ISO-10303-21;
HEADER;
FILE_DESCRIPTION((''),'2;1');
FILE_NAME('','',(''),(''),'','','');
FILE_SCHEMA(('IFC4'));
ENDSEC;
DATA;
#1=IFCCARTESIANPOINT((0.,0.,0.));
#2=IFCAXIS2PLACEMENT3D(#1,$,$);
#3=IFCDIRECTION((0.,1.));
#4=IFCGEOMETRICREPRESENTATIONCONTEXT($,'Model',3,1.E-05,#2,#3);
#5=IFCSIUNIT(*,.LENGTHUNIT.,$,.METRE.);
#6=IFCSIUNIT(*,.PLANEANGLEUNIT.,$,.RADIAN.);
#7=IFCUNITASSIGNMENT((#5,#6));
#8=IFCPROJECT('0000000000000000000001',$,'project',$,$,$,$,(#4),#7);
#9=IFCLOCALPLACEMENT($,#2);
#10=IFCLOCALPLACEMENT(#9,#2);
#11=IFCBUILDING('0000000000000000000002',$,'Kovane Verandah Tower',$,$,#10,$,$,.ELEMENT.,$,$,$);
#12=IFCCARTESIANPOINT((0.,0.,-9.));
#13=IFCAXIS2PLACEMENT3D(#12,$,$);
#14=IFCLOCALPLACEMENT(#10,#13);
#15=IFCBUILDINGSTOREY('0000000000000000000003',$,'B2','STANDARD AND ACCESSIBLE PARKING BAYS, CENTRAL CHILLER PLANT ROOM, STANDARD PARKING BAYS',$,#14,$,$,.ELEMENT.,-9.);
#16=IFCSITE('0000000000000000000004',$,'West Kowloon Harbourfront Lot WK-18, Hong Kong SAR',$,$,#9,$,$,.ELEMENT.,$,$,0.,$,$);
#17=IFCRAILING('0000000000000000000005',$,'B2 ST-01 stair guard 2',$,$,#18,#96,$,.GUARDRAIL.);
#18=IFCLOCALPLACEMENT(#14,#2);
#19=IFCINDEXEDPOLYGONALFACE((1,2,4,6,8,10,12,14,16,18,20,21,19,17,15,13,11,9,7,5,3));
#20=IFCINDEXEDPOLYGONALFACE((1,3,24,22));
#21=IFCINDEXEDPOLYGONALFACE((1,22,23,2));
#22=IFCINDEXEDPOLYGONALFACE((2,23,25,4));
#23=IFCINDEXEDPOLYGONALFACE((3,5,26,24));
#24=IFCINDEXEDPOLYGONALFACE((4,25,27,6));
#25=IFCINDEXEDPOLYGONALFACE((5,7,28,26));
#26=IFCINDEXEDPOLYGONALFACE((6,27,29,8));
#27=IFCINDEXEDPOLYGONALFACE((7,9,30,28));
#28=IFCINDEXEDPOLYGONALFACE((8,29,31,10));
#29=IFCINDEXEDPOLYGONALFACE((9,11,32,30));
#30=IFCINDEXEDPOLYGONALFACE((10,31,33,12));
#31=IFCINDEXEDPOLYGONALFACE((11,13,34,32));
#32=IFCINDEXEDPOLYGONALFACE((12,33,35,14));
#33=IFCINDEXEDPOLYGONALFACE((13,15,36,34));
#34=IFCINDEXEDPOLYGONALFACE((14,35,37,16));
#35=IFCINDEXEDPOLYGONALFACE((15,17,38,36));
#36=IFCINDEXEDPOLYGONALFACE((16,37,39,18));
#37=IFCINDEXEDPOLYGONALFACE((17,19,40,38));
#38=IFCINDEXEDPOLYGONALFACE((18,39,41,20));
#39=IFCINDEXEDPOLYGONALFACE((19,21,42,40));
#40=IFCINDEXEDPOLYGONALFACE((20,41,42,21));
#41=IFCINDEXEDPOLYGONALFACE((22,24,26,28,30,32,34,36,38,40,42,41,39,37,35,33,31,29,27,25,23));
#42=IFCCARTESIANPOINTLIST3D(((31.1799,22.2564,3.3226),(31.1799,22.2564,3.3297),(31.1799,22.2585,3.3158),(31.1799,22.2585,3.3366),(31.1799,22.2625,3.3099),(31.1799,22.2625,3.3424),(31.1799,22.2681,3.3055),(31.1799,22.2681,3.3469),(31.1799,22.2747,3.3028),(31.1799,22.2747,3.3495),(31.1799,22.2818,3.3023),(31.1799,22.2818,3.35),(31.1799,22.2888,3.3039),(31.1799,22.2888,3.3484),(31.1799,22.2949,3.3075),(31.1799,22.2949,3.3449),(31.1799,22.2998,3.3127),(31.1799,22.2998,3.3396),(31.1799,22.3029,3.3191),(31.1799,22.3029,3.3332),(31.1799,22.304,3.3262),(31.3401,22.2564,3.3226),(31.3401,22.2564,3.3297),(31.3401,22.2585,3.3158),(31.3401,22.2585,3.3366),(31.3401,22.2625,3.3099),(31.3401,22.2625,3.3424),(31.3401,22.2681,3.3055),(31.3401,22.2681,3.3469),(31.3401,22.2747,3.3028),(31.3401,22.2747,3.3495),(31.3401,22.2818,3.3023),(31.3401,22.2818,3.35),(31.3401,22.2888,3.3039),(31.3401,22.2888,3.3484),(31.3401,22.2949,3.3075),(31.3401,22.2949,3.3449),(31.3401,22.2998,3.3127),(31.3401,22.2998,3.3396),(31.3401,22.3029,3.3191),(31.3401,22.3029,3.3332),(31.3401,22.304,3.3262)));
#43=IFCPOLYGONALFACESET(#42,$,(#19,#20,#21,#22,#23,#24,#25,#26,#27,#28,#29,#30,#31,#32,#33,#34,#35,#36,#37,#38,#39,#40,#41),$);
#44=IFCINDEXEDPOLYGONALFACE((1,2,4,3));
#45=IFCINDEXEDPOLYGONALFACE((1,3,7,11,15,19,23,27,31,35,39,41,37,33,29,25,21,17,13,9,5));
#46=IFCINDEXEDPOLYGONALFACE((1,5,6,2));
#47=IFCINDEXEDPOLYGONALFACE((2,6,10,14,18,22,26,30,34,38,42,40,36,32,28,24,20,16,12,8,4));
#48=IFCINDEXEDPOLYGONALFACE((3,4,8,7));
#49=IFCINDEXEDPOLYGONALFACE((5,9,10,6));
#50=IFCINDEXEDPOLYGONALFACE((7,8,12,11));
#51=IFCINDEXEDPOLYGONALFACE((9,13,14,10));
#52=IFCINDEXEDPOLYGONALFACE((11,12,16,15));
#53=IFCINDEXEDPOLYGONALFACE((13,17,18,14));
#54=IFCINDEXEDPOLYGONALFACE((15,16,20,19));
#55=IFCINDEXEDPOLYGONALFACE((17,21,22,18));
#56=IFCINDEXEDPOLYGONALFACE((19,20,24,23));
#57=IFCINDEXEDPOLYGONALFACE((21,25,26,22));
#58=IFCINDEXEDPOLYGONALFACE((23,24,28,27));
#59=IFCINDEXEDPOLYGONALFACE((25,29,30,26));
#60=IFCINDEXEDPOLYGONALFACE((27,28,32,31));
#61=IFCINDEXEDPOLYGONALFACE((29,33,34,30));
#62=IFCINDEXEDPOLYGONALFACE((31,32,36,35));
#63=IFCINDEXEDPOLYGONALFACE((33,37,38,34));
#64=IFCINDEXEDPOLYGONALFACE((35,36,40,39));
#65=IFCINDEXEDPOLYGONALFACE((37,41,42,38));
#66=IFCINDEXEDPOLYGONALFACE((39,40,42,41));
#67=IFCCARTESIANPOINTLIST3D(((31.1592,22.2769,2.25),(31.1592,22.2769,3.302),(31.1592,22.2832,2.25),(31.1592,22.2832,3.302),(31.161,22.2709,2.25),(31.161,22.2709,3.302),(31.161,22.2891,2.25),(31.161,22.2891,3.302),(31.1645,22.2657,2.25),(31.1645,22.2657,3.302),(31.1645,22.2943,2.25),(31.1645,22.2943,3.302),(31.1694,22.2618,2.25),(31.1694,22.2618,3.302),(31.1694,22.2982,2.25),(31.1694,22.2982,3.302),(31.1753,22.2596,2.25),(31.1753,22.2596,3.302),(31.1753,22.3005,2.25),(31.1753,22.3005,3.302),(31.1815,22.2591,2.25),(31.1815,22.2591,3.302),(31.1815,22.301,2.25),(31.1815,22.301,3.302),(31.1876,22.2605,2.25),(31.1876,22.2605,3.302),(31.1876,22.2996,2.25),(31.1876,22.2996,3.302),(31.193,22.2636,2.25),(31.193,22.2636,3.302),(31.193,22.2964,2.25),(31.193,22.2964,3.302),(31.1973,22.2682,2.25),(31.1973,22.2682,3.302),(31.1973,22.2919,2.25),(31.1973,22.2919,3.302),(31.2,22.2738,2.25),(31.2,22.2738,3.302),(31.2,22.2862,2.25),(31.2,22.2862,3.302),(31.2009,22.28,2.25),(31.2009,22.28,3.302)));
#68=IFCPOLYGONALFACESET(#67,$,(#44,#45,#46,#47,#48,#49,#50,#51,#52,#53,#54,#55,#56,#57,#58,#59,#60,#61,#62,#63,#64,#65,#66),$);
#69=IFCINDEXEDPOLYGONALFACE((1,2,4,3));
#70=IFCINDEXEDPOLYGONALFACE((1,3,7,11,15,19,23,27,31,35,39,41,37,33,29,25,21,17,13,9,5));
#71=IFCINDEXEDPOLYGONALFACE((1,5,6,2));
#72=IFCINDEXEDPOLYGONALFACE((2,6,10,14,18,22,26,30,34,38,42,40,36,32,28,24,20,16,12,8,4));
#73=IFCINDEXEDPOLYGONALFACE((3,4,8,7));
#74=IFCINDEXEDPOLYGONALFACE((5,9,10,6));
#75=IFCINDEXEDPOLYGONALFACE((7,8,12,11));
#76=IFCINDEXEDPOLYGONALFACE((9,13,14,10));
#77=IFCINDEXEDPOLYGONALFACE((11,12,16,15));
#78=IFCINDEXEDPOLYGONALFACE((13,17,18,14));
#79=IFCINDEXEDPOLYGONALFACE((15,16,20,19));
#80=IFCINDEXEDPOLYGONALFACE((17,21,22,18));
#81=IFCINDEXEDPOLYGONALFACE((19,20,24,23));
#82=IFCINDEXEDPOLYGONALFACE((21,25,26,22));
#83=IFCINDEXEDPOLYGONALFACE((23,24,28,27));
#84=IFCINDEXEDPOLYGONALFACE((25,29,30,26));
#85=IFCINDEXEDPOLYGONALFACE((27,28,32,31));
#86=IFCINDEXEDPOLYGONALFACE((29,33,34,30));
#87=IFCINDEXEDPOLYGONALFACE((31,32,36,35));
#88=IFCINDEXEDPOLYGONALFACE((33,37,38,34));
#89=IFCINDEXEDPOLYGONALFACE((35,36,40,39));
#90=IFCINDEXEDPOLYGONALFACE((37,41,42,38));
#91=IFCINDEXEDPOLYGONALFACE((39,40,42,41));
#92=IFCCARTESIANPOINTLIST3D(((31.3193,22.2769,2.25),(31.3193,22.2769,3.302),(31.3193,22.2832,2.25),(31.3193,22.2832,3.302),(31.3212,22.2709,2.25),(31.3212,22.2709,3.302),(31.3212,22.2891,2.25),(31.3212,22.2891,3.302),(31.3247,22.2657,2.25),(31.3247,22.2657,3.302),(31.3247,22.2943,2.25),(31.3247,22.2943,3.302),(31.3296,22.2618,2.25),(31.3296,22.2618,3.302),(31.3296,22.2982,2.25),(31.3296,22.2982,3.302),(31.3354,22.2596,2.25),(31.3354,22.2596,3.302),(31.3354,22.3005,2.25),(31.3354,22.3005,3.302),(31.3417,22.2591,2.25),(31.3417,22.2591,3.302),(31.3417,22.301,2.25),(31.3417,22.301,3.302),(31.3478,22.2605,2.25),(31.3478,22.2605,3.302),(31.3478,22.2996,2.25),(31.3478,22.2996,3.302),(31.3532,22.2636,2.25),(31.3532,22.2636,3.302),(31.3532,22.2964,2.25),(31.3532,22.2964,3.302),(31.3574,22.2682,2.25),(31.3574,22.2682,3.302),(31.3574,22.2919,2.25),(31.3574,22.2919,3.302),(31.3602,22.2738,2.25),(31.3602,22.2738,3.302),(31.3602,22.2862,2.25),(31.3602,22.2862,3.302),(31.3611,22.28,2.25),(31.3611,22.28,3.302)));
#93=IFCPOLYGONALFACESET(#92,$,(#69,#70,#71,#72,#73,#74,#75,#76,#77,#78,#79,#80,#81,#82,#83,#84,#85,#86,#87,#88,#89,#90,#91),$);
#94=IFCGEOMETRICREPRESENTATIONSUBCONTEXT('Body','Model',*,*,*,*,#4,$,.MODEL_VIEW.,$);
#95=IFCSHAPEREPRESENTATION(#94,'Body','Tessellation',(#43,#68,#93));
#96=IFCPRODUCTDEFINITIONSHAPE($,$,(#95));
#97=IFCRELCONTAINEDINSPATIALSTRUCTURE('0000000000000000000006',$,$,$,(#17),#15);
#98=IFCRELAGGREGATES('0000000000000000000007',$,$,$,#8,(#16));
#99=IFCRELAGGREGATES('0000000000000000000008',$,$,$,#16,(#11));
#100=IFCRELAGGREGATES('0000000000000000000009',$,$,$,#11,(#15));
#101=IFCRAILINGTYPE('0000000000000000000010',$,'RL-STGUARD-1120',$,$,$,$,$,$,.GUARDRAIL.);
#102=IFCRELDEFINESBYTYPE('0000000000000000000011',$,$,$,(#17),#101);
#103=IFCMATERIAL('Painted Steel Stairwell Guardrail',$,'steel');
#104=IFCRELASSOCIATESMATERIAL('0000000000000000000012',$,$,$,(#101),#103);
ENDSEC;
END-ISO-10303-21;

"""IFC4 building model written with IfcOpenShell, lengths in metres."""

from ifc_helpers import new_model, si_unit, direction, frame, origin, origin_2d, place, context, subcontext, project, spatial, circle, extrude, material, type_object, element, save


model = new_model("IFC4")

# Units and contexts
model_context = context("Model", 3, precision=1e-05, world=origin(), true_north=direction((0.0, 1.0)))
body_context = subcontext(model_context, "Body", "Model", "MODEL_VIEW")
ifc_project = project(units=[si_unit("LENGTHUNIT", "METRE"), si_unit("PLANEANGLEUNIT", "RADIAN")], contexts=[model_context])

# Site, building, storey
site_placement = place(None, origin())
site = spatial("IfcSite", under=ifc_project, at=site_placement, Name="West Kowloon Harbourfront Lot WK-18, Hong Kong SAR", CompositionType="ELEMENT", RefElevation=0.0)
building_placement = place(site_placement, origin())
building = spatial("IfcBuilding", under=site, at=building_placement, Name="Kovane Verandah Tower", CompositionType="ELEMENT")
storey_placement = place(building_placement, frame((0.0, 0.0, -9.0)))
storey = spatial("IfcBuildingStorey", under=building, at=storey_placement, Name="B2", Description="STANDARD AND ACCESSIBLE PARKING BAYS, CENTRAL CHILLER PLANT ROOM, STANDARD PARKING BAYS", CompositionType="ELEMENT", Elevation=-9.0)

# Railing
ifc_material_1 = material(Name="Painted Steel Stairwell Guardrail", Category="steel")
railing_type_1 = type_object("IfcRailingType", Name="RL-STGUARD-1120", PredefinedType="GUARDRAIL", material=ifc_material_1)
railing_1_placement = place(storey_placement, frame((31.1799, 22.28, 2.25)))
element("IfcRailing", 1, at=railing_1_placement, inside=storey, type_object=railing_type_1, Name="B2 ST-01 stair guard 2", PredefinedType="GUARDRAIL", context=body_context, shape_type="SweptSolid", body=[
    extrude(circle(Radius=0.0239, at=origin_2d()), frame((0.0, 0.0, 1.0762), z_axis=(1.0, 0.0, 0.0), x_axis=(0.0, 1.0, 0.0)), (0.0, 0.0, 1.0), 0.1602),
    extrude(circle(Radius=0.021, at=origin_2d()), origin(), (0.0, 0.0, 1.0), 1.052),
    extrude(circle(Radius=0.021, at=origin_2d()), frame((0.1602, 0.0, 0.0)), (0.0, 0.0, 1.0), 1.052),
])

save(model, "model.ifc")
